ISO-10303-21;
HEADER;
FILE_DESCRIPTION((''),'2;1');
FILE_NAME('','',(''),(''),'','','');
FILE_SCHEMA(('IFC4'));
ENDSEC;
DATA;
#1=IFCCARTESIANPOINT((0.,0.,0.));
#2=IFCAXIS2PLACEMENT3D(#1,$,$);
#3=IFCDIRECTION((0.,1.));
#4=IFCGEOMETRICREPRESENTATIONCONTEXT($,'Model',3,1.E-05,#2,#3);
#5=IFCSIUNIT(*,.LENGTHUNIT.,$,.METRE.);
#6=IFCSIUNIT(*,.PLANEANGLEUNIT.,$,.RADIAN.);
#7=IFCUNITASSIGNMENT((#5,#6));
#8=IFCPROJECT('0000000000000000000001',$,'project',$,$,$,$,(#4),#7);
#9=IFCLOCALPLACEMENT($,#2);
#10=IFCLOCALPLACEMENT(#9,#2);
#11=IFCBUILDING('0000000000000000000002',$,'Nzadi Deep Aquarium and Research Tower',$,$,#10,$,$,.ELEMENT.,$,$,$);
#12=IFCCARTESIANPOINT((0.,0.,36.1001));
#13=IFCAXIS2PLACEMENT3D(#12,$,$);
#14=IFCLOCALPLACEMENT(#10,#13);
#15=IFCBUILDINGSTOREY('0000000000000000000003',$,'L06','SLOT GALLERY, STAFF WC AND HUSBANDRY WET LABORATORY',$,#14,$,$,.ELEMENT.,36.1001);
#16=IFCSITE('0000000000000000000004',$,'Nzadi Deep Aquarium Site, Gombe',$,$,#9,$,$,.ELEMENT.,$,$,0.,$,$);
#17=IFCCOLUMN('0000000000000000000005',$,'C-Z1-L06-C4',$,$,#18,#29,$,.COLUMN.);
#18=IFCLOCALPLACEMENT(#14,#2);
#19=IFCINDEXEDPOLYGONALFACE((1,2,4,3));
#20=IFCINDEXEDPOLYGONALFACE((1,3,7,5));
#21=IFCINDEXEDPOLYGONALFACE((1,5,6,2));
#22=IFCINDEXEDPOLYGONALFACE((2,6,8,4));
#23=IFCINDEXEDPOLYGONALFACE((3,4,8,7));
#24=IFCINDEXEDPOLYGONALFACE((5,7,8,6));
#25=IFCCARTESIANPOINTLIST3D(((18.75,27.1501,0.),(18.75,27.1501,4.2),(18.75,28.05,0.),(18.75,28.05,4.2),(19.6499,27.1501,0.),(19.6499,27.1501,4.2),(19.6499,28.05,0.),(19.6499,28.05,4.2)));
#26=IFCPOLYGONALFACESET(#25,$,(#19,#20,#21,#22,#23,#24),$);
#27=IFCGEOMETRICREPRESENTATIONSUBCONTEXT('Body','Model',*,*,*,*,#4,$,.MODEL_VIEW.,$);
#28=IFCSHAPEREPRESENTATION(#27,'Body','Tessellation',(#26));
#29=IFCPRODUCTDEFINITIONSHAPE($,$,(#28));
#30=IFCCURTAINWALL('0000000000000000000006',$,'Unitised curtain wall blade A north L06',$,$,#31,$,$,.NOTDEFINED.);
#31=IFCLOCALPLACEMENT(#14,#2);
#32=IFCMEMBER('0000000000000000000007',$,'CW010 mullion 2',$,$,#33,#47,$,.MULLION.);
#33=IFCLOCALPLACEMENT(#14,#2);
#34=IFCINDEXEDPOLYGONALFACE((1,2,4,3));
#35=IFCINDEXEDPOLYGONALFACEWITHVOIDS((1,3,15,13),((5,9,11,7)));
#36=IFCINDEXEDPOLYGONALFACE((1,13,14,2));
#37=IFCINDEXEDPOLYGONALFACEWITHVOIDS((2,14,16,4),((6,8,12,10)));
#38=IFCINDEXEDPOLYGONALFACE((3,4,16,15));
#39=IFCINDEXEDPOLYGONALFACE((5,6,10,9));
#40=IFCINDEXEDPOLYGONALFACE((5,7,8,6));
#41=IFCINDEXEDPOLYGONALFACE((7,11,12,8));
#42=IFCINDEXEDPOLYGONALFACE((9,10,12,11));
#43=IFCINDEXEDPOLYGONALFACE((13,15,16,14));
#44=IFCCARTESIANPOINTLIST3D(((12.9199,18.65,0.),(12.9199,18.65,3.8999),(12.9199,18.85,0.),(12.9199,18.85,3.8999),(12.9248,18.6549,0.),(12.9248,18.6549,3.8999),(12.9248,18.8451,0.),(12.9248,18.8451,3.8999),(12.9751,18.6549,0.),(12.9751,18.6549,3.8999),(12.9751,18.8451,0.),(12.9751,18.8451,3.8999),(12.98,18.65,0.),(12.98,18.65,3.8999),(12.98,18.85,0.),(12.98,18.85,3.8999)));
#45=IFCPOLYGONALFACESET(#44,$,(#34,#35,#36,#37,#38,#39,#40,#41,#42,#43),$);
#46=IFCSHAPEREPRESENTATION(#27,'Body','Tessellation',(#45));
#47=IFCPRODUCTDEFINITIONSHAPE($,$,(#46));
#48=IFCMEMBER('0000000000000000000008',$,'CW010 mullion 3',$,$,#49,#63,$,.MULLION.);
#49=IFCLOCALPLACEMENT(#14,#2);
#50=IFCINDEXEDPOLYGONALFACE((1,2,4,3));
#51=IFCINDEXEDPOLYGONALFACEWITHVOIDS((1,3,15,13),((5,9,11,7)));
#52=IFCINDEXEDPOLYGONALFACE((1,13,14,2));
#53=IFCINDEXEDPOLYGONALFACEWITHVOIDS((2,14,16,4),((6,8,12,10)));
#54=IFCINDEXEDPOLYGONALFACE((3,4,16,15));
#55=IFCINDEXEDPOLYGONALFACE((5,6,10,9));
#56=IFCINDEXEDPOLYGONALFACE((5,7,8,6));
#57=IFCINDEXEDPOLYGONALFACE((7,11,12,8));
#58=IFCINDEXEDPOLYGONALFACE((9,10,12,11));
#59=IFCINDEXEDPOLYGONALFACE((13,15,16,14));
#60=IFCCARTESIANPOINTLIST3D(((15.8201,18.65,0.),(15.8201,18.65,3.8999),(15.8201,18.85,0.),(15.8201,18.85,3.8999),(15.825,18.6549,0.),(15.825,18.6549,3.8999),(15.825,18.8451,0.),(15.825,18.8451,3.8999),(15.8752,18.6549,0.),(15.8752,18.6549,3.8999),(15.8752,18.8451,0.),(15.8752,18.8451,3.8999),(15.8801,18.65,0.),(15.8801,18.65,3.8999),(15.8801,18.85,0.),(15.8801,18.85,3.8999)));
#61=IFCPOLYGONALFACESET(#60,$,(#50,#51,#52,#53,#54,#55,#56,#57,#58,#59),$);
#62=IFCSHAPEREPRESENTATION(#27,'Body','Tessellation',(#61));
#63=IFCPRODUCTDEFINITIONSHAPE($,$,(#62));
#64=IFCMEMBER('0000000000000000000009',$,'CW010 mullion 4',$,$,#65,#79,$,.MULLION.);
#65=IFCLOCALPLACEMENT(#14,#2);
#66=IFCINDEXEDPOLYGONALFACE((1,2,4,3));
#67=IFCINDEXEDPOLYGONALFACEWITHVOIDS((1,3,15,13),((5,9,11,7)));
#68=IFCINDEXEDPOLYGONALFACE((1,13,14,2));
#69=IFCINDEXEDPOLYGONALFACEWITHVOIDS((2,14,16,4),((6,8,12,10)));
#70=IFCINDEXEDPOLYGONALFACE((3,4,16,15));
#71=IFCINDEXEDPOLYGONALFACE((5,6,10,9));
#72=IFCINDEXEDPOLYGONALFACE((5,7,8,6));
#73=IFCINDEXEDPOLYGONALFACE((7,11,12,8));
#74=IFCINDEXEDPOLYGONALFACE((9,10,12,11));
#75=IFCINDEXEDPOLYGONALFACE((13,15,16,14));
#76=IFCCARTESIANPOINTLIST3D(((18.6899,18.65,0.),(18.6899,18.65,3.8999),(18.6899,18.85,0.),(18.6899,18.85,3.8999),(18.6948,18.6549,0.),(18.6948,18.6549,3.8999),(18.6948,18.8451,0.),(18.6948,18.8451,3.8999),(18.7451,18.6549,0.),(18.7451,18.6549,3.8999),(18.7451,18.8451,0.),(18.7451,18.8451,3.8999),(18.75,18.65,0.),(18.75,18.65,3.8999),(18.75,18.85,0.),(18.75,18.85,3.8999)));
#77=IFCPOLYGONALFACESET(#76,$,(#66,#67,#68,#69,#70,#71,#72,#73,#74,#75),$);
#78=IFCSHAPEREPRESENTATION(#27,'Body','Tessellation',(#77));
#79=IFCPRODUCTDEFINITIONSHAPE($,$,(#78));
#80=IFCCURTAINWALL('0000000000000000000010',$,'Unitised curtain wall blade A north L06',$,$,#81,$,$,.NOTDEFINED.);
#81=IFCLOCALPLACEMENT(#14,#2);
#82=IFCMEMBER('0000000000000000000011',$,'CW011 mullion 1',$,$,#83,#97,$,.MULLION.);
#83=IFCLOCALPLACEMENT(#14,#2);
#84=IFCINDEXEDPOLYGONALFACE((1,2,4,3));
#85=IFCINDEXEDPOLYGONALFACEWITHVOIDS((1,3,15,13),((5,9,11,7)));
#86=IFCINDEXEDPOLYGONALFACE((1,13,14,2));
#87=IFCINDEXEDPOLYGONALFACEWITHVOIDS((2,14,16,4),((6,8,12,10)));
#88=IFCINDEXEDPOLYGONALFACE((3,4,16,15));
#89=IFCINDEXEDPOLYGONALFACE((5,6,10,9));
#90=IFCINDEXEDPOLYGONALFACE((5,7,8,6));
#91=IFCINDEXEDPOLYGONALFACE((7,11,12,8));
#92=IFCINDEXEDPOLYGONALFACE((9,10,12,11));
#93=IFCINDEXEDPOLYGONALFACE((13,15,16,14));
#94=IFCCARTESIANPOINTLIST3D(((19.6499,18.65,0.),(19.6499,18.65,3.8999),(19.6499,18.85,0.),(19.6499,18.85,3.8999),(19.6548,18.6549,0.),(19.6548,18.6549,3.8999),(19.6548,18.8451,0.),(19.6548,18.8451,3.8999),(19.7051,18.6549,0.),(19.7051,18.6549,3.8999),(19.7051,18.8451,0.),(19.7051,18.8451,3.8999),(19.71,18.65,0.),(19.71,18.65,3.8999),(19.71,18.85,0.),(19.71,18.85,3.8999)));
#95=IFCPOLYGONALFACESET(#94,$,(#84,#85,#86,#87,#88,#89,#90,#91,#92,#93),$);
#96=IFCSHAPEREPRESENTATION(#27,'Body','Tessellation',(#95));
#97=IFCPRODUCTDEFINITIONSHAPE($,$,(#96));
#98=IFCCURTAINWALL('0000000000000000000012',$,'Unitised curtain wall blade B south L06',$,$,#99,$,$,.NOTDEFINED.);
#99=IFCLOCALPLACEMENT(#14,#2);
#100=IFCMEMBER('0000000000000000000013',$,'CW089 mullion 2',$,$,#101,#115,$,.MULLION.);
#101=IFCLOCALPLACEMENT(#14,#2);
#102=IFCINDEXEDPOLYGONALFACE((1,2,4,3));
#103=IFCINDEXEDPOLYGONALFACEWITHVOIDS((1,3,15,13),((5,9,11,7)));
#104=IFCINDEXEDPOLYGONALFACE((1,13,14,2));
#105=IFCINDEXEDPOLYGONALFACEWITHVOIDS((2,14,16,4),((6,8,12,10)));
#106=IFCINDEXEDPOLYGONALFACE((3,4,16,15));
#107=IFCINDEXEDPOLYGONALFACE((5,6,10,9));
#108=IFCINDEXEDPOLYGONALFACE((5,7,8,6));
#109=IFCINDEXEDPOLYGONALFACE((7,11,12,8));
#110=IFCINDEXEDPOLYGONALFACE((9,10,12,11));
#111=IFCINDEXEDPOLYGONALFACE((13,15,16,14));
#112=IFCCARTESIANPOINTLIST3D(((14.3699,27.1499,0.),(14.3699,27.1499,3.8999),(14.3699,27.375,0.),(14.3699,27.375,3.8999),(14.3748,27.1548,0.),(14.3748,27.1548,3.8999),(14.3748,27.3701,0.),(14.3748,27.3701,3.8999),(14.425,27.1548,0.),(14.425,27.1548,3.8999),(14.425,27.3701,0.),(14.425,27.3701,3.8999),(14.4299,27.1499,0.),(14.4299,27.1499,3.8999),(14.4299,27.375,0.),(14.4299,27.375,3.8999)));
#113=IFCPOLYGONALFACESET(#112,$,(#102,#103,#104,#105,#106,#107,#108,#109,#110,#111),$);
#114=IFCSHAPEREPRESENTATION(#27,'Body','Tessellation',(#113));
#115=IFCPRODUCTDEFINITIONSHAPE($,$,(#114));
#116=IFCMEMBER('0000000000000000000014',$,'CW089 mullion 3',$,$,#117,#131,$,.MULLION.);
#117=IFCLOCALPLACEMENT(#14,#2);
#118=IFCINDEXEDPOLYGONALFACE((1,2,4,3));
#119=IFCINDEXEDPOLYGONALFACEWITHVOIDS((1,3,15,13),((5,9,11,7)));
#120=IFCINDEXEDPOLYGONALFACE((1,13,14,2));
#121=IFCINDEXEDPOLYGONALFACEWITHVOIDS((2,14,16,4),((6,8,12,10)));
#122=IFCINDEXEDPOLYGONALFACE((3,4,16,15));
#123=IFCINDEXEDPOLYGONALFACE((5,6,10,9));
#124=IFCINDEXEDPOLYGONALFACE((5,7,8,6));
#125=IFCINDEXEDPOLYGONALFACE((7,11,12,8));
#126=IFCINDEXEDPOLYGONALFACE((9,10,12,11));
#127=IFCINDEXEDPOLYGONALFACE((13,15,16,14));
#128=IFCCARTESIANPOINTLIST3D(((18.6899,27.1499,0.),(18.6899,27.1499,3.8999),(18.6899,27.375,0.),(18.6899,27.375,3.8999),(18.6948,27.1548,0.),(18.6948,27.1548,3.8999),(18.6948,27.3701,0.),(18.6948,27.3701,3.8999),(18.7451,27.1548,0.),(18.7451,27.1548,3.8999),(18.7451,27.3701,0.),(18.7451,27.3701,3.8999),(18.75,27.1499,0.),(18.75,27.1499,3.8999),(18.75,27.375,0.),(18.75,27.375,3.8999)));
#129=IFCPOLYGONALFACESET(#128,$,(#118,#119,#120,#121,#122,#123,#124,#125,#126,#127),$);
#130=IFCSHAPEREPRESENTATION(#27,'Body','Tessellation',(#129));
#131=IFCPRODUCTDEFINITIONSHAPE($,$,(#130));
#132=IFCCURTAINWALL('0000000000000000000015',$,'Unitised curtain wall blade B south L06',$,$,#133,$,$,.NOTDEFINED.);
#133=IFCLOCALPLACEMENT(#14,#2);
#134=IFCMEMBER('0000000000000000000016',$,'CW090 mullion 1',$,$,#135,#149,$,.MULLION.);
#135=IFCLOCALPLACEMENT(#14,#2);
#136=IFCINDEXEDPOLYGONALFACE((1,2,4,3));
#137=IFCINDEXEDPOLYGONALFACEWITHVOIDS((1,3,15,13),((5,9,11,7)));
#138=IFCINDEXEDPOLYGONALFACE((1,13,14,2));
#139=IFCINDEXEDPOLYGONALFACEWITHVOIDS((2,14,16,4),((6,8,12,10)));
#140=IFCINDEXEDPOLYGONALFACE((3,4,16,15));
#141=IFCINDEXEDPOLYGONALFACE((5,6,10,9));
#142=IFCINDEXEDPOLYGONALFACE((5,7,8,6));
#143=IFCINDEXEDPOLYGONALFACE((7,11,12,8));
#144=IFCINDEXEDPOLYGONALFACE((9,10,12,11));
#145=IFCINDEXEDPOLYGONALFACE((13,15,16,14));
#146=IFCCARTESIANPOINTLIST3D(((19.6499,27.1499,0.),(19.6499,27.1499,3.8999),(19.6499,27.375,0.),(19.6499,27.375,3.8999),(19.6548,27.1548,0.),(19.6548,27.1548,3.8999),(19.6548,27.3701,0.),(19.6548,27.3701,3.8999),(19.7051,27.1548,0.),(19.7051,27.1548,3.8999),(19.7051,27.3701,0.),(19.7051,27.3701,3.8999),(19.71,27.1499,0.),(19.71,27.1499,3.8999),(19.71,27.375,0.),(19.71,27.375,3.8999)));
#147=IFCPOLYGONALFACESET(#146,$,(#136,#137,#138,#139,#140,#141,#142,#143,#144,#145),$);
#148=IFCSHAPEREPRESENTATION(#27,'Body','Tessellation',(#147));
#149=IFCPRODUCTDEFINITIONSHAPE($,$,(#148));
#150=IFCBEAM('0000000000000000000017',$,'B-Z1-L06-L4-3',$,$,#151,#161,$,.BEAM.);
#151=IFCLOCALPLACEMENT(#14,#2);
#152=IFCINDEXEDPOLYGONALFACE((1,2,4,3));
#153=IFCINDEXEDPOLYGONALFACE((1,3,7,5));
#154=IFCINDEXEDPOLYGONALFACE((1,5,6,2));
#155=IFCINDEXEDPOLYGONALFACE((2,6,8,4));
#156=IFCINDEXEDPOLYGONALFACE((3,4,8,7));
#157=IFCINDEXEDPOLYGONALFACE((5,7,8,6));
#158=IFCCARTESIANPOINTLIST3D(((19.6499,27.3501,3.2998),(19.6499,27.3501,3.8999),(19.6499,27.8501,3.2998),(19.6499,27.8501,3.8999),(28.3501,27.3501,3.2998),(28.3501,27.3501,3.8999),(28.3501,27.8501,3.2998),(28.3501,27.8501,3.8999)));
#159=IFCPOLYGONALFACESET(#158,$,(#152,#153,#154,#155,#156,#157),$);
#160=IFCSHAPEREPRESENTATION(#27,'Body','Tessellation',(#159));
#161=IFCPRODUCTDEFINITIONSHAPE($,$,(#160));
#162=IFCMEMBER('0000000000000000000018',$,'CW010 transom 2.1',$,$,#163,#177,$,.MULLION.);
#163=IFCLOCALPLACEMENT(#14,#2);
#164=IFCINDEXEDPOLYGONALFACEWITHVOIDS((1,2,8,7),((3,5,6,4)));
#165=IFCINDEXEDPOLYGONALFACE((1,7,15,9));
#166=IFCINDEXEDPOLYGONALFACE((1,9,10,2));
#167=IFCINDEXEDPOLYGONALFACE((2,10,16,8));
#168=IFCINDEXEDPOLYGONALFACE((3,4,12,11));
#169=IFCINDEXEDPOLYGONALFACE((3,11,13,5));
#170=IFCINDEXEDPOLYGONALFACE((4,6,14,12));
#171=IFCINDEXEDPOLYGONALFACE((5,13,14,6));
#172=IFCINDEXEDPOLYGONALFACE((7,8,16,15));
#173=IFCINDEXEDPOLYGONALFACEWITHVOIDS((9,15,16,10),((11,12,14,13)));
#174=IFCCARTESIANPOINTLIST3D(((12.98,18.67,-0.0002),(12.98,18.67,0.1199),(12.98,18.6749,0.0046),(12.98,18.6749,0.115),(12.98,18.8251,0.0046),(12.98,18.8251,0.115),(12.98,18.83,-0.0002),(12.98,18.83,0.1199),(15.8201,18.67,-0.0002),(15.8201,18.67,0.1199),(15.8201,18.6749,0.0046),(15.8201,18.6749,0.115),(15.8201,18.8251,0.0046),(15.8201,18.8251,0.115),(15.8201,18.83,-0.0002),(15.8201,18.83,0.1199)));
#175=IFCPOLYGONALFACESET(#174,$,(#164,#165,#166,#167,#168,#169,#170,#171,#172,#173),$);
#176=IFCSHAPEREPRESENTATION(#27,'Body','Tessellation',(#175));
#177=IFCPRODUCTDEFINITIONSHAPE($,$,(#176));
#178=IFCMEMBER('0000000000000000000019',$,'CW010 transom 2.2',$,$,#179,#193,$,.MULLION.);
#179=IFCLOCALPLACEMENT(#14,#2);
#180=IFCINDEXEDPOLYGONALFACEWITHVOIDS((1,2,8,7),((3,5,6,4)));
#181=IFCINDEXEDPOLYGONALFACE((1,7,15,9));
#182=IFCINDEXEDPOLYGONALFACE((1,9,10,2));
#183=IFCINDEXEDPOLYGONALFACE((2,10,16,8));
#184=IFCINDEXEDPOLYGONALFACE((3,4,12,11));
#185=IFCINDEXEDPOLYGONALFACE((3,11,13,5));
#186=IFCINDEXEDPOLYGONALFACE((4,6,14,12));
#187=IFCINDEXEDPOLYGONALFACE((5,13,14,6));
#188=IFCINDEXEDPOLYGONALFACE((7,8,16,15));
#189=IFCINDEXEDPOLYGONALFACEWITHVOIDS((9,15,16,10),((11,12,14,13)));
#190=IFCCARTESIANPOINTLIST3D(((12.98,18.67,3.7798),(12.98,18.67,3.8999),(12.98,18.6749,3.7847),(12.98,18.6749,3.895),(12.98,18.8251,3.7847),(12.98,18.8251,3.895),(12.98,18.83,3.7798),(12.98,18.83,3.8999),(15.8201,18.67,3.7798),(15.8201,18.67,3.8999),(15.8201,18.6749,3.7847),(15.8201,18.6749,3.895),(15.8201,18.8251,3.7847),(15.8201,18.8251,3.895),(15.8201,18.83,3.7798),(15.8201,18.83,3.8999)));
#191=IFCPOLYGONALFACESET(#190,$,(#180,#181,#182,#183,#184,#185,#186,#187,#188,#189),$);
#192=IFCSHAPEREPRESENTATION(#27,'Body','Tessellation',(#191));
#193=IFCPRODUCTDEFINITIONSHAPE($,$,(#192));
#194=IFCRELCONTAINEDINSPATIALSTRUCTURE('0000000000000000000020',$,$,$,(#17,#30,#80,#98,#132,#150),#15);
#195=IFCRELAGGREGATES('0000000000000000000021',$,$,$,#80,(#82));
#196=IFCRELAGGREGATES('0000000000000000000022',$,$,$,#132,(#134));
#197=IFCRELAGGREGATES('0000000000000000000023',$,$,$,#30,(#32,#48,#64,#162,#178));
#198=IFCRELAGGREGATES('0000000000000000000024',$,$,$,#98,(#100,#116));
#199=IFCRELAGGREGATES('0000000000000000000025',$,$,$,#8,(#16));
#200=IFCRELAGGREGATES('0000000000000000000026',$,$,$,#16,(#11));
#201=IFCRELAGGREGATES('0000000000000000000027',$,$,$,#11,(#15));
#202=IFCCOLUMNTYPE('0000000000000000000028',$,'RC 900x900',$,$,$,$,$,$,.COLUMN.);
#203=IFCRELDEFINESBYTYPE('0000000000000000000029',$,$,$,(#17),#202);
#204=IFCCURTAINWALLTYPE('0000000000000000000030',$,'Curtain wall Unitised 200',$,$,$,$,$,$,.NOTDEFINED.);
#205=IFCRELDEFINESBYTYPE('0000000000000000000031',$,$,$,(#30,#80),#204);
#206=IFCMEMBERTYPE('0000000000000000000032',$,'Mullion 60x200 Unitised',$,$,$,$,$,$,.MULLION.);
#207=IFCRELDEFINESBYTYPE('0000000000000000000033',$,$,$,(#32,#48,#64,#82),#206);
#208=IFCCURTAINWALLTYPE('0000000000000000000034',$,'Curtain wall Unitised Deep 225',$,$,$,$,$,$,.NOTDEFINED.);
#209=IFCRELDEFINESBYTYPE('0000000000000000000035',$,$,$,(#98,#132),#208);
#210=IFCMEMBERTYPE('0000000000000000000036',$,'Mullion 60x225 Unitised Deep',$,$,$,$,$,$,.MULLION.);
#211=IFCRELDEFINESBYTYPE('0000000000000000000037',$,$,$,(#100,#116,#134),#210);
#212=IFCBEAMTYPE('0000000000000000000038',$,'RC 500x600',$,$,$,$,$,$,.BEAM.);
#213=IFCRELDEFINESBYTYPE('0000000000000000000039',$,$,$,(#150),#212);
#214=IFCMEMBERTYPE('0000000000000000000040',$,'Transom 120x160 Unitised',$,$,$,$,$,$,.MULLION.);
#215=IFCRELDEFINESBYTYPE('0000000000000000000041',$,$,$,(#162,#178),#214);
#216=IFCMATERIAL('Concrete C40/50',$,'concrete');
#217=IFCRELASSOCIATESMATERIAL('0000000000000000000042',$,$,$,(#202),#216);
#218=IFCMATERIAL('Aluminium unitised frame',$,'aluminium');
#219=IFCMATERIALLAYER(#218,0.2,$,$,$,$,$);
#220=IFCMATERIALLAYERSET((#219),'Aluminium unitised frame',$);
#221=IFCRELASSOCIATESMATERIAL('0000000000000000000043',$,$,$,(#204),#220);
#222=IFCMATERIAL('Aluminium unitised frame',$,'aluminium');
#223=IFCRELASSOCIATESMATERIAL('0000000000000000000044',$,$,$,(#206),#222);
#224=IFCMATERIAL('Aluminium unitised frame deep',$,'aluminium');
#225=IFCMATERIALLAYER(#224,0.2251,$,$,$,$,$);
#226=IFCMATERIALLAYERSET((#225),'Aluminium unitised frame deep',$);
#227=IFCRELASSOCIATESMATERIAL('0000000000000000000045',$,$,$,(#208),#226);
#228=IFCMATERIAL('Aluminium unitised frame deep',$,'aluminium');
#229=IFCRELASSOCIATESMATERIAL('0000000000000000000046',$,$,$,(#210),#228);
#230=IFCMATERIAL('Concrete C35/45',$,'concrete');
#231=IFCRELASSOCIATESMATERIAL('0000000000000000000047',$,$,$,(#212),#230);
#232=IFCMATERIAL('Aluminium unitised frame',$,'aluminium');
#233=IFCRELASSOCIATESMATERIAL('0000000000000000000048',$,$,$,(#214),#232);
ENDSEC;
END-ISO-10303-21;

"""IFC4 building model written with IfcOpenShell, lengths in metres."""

from ifc_helpers import new_model, si_unit, direction, frame, origin, origin_2d, place, context, subcontext, project, spatial, rectangle, hollow_rectangle, extrude, material, layer, layer_set, material_profile, profile_set, type_object, element, aggregate, save


model = new_model("IFC4")

# Units and contexts
model_context = context("Model", 3, precision=1e-05, world=origin(), true_north=direction((0.0, 1.0)))
body_context = subcontext(model_context, "Body", "Model", "MODEL_VIEW")
ifc_project = project(units=[si_unit("LENGTHUNIT", "METRE"), si_unit("PLANEANGLEUNIT", "RADIAN")], contexts=[model_context])

# Site, building, storey
site_placement = place(None, origin())
site = spatial("IfcSite", under=ifc_project, at=site_placement, Name="Nzadi Deep Aquarium Site, Gombe", CompositionType="ELEMENT", RefElevation=0.0)
building_placement = place(site_placement, origin())
building = spatial("IfcBuilding", under=site, at=building_placement, Name="Nzadi Deep Aquarium and Research Tower", CompositionType="ELEMENT")
storey_placement = place(building_placement, frame((0.0, 0.0, 36.1001)))
storey = spatial("IfcBuildingStorey", under=building, at=storey_placement, Name="L06", Description="SLOT GALLERY, STAFF WC AND HUSBANDRY WET LABORATORY", CompositionType="ELEMENT", Elevation=36.1001)

# Column
ifc_material_1 = material(Name="Concrete C40/50", Category="concrete")
ifc_material_profile_1 = material_profile(ifc_material_1, rectangle(XDim=0.8999, YDim=0.8999, at=origin_2d()))
ifc_profile_set_1 = profile_set([ifc_material_profile_1], Name="Concrete C40/50")
column_type = type_object("IfcColumnType", Name="RC 900x900", PredefinedType="COLUMN", material=ifc_profile_set_1)
column_placement = place(storey_placement, frame((19.2, 27.6001, 0.0), z_axis=(0.0, 0.0, 1.0), x_axis=(1.0, 0.0, 0.0)))
element("IfcColumn", 1, at=column_placement, inside=storey, type_object=column_type, Name="C-Z1-L06-C4", PredefinedType="COLUMN", context=body_context, shape_type="SweptSolid", body=[
    extrude(rectangle(XDim=0.8999, YDim=0.8999, at=origin_2d()), origin(), (0.0, 0.0, 1.0), 4.2),
])

# Curtain wall, members
ifc_material_2 = material(Name="Aluminium unitised frame", Category="aluminium")
ifc_layer_1 = layer(ifc_material_2, 0.2)
ifc_layer_set_1 = layer_set([ifc_layer_1], Name="Aluminium unitised frame")
curtain_wall_type_1 = type_object("IfcCurtainWallType", Name="Curtain wall Unitised 200", PredefinedType="NOTDEFINED", material=ifc_layer_set_1)
curtain_wall_1_placement = place(storey_placement, origin())
curtain_wall_1 = element("IfcCurtainWall", 2, at=curtain_wall_1_placement, inside=storey, type_object=curtain_wall_type_1, Name="Unitised curtain wall blade A north L06", PredefinedType="NOTDEFINED")
ifc_material_3 = material(Name="Aluminium unitised frame", Category="aluminium")
ifc_material_profile_2 = material_profile(ifc_material_3, hollow_rectangle(XDim=0.2, YDim=0.0601, WallThickness=0.0049, at=origin_2d()))
ifc_profile_set_2 = profile_set([ifc_material_profile_2], Name="Aluminium unitised frame")
member_type_1 = type_object("IfcMemberType", Name="Mullion 60x200 Unitised", PredefinedType="MULLION", material=ifc_profile_set_2)
member_1_placement = place(storey_placement, frame((12.95, 18.75, 0.0), z_axis=(0.0, 0.0, 1.0), x_axis=(0.0, 1.0, 0.0)))
member_1 = element("IfcMember", 3, at=member_1_placement, type_object=member_type_1, Name="CW010 mullion 2", PredefinedType="MULLION", context=body_context, shape_type="SweptSolid", body=[
    extrude(hollow_rectangle(XDim=0.2, YDim=0.0601, WallThickness=0.0049, at=origin_2d()), origin(), (0.0, 0.0, 1.0), 3.8999),
])
member_2_placement = place(storey_placement, frame((15.8501, 18.75, 0.0), z_axis=(0.0, 0.0, 1.0), x_axis=(0.0, 1.0, 0.0)))
member_2 = element("IfcMember", 4, at=member_2_placement, type_object=member_type_1, Name="CW010 mullion 3", PredefinedType="MULLION", context=body_context, shape_type="SweptSolid", body=[
    extrude(hollow_rectangle(XDim=0.2, YDim=0.0601, WallThickness=0.0049, at=origin_2d()), origin(), (0.0, 0.0, 1.0), 3.8999),
])
member_3_placement = place(storey_placement, frame((18.72, 18.75, 0.0), z_axis=(0.0, 0.0, 1.0), x_axis=(0.0, 1.0, 0.0)))
member_3 = element("IfcMember", 5, at=member_3_placement, type_object=member_type_1, Name="CW010 mullion 4", PredefinedType="MULLION", context=body_context, shape_type="SweptSolid", body=[
    extrude(hollow_rectangle(XDim=0.2, YDim=0.0601, WallThickness=0.0049, at=origin_2d()), origin(), (0.0, 0.0, 1.0), 3.8999),
])

# Curtain wall, member
curtain_wall_2_placement = place(storey_placement, origin())
curtain_wall_2 = element("IfcCurtainWall", 6, at=curtain_wall_2_placement, inside=storey, type_object=curtain_wall_type_1, Name="Unitised curtain wall blade A north L06", PredefinedType="NOTDEFINED")
member_4_placement = place(storey_placement, frame((19.6799, 18.75, 0.0), z_axis=(0.0, 0.0, 1.0), x_axis=(0.0, 1.0, 0.0)))
member_4 = element("IfcMember", 7, at=member_4_placement, type_object=member_type_1, Name="CW011 mullion 1", PredefinedType="MULLION", context=body_context, shape_type="SweptSolid", body=[
    extrude(hollow_rectangle(XDim=0.2, YDim=0.0601, WallThickness=0.0049, at=origin_2d()), origin(), (0.0, 0.0, 1.0), 3.8999),
])

# Curtain wall, members
ifc_material_4 = material(Name="Aluminium unitised frame deep", Category="aluminium")
ifc_layer_2 = layer(ifc_material_4, 0.2251)
ifc_layer_set_2 = layer_set([ifc_layer_2], Name="Aluminium unitised frame deep")
curtain_wall_type_2 = type_object("IfcCurtainWallType", Name="Curtain wall Unitised Deep 225", PredefinedType="NOTDEFINED", material=ifc_layer_set_2)
curtain_wall_3_placement = place(storey_placement, origin())
curtain_wall_3 = element("IfcCurtainWall", 8, at=curtain_wall_3_placement, inside=storey, type_object=curtain_wall_type_2, Name="Unitised curtain wall blade B south L06", PredefinedType="NOTDEFINED")
ifc_material_5 = material(Name="Aluminium unitised frame deep", Category="aluminium")
ifc_material_profile_3 = material_profile(ifc_material_5, hollow_rectangle(XDim=0.2251, YDim=0.0601, WallThickness=0.0049, at=origin_2d()))
ifc_profile_set_3 = profile_set([ifc_material_profile_3], Name="Aluminium unitised frame deep")
member_type_2 = type_object("IfcMemberType", Name="Mullion 60x225 Unitised Deep", PredefinedType="MULLION", material=ifc_profile_set_3)
member_5_placement = place(storey_placement, frame((14.3999, 27.2625, 0.0), z_axis=(0.0, 0.0, 1.0), x_axis=(0.0, 1.0, 0.0)))
member_5 = element("IfcMember", 9, at=member_5_placement, type_object=member_type_2, Name="CW089 mullion 2", PredefinedType="MULLION", context=body_context, shape_type="SweptSolid", body=[
    extrude(hollow_rectangle(XDim=0.2251, YDim=0.0601, WallThickness=0.0049, at=origin_2d()), origin(), (0.0, 0.0, 1.0), 3.8999),
])
member_6_placement = place(storey_placement, frame((18.72, 27.2625, 0.0), z_axis=(0.0, 0.0, 1.0), x_axis=(0.0, 1.0, 0.0)))
member_6 = element("IfcMember", 10, at=member_6_placement, type_object=member_type_2, Name="CW089 mullion 3", PredefinedType="MULLION", context=body_context, shape_type="SweptSolid", body=[
    extrude(hollow_rectangle(XDim=0.2251, YDim=0.0601, WallThickness=0.0049, at=origin_2d()), origin(), (0.0, 0.0, 1.0), 3.8999),
])

# Curtain wall, member
curtain_wall_4_placement = place(storey_placement, origin())
curtain_wall_4 = element("IfcCurtainWall", 11, at=curtain_wall_4_placement, inside=storey, type_object=curtain_wall_type_2, Name="Unitised curtain wall blade B south L06", PredefinedType="NOTDEFINED")
member_7_placement = place(storey_placement, frame((19.6799, 27.2625, 0.0), z_axis=(0.0, 0.0, 1.0), x_axis=(0.0, 1.0, 0.0)))
member_7 = element("IfcMember", 12, at=member_7_placement, type_object=member_type_2, Name="CW090 mullion 1", PredefinedType="MULLION", context=body_context, shape_type="SweptSolid", body=[
    extrude(hollow_rectangle(XDim=0.2251, YDim=0.0601, WallThickness=0.0049, at=origin_2d()), origin(), (0.0, 0.0, 1.0), 3.8999),
])

# Beam
ifc_material_6 = material(Name="Concrete C35/45", Category="concrete")
ifc_material_profile_4 = material_profile(ifc_material_6, rectangle(XDim=0.5, YDim=0.6001, at=origin_2d()))
ifc_profile_set_4 = profile_set([ifc_material_profile_4], Name="Concrete C35/45")
beam_type = type_object("IfcBeamType", Name="RC 500x600", PredefinedType="BEAM", material=ifc_profile_set_4)
beam_placement = place(storey_placement, frame((19.6499, 27.6001, 3.5999), z_axis=(1.0, 0.0, 0.0), x_axis=(0.0, 1.0, 0.0)))
element("IfcBeam", 13, at=beam_placement, inside=storey, type_object=beam_type, Name="B-Z1-L06-L4-3", PredefinedType="BEAM", context=body_context, shape_type="SweptSolid", body=[
    extrude(rectangle(XDim=0.5, YDim=0.6001, at=origin_2d()), origin(), (0.0, 0.0, 1.0), 8.7002),
])

# Members
ifc_material_7 = material(Name="Aluminium unitised frame", Category="aluminium")
ifc_material_profile_5 = material_profile(ifc_material_7, hollow_rectangle(XDim=0.1599, YDim=0.1201, WallThickness=0.0049, at=origin_2d()))
ifc_profile_set_5 = profile_set([ifc_material_profile_5], Name="Aluminium unitised frame")
member_type_3 = type_object("IfcMemberType", Name="Transom 120x160 Unitised", PredefinedType="MULLION", material=ifc_profile_set_5)
member_8_placement = place(storey_placement, frame((12.98, 18.75, 0.0598), z_axis=(1.0, 0.0, 0.0), x_axis=(0.0, 1.0, 0.0)))
member_8 = element("IfcMember", 14, at=member_8_placement, type_object=member_type_3, Name="CW010 transom 2.1", PredefinedType="MULLION", context=body_context, shape_type="SweptSolid", body=[
    extrude(hollow_rectangle(XDim=0.1599, YDim=0.1201, WallThickness=0.0049, at=origin_2d()), origin(), (0.0, 0.0, 1.0), 2.8401),
])
member_9_placement = place(storey_placement, frame((12.98, 18.75, 3.8398), z_axis=(1.0, 0.0, 0.0), x_axis=(0.0, 1.0, 0.0)))
member_9 = element("IfcMember", 15, at=member_9_placement, type_object=member_type_3, Name="CW010 transom 2.2", PredefinedType="MULLION", context=body_context, shape_type="SweptSolid", body=[
    extrude(hollow_rectangle(XDim=0.1599, YDim=0.1201, WallThickness=0.0049, at=origin_2d()), origin(), (0.0, 0.0, 1.0), 2.8401),
])
aggregate(curtain_wall_2, [member_4])
aggregate(curtain_wall_4, [member_7])

aggregate(curtain_wall_1, [member_1, member_2, member_3, member_8, member_9])
aggregate(curtain_wall_3, [member_5, member_6])

save(model, "model.ifc")
